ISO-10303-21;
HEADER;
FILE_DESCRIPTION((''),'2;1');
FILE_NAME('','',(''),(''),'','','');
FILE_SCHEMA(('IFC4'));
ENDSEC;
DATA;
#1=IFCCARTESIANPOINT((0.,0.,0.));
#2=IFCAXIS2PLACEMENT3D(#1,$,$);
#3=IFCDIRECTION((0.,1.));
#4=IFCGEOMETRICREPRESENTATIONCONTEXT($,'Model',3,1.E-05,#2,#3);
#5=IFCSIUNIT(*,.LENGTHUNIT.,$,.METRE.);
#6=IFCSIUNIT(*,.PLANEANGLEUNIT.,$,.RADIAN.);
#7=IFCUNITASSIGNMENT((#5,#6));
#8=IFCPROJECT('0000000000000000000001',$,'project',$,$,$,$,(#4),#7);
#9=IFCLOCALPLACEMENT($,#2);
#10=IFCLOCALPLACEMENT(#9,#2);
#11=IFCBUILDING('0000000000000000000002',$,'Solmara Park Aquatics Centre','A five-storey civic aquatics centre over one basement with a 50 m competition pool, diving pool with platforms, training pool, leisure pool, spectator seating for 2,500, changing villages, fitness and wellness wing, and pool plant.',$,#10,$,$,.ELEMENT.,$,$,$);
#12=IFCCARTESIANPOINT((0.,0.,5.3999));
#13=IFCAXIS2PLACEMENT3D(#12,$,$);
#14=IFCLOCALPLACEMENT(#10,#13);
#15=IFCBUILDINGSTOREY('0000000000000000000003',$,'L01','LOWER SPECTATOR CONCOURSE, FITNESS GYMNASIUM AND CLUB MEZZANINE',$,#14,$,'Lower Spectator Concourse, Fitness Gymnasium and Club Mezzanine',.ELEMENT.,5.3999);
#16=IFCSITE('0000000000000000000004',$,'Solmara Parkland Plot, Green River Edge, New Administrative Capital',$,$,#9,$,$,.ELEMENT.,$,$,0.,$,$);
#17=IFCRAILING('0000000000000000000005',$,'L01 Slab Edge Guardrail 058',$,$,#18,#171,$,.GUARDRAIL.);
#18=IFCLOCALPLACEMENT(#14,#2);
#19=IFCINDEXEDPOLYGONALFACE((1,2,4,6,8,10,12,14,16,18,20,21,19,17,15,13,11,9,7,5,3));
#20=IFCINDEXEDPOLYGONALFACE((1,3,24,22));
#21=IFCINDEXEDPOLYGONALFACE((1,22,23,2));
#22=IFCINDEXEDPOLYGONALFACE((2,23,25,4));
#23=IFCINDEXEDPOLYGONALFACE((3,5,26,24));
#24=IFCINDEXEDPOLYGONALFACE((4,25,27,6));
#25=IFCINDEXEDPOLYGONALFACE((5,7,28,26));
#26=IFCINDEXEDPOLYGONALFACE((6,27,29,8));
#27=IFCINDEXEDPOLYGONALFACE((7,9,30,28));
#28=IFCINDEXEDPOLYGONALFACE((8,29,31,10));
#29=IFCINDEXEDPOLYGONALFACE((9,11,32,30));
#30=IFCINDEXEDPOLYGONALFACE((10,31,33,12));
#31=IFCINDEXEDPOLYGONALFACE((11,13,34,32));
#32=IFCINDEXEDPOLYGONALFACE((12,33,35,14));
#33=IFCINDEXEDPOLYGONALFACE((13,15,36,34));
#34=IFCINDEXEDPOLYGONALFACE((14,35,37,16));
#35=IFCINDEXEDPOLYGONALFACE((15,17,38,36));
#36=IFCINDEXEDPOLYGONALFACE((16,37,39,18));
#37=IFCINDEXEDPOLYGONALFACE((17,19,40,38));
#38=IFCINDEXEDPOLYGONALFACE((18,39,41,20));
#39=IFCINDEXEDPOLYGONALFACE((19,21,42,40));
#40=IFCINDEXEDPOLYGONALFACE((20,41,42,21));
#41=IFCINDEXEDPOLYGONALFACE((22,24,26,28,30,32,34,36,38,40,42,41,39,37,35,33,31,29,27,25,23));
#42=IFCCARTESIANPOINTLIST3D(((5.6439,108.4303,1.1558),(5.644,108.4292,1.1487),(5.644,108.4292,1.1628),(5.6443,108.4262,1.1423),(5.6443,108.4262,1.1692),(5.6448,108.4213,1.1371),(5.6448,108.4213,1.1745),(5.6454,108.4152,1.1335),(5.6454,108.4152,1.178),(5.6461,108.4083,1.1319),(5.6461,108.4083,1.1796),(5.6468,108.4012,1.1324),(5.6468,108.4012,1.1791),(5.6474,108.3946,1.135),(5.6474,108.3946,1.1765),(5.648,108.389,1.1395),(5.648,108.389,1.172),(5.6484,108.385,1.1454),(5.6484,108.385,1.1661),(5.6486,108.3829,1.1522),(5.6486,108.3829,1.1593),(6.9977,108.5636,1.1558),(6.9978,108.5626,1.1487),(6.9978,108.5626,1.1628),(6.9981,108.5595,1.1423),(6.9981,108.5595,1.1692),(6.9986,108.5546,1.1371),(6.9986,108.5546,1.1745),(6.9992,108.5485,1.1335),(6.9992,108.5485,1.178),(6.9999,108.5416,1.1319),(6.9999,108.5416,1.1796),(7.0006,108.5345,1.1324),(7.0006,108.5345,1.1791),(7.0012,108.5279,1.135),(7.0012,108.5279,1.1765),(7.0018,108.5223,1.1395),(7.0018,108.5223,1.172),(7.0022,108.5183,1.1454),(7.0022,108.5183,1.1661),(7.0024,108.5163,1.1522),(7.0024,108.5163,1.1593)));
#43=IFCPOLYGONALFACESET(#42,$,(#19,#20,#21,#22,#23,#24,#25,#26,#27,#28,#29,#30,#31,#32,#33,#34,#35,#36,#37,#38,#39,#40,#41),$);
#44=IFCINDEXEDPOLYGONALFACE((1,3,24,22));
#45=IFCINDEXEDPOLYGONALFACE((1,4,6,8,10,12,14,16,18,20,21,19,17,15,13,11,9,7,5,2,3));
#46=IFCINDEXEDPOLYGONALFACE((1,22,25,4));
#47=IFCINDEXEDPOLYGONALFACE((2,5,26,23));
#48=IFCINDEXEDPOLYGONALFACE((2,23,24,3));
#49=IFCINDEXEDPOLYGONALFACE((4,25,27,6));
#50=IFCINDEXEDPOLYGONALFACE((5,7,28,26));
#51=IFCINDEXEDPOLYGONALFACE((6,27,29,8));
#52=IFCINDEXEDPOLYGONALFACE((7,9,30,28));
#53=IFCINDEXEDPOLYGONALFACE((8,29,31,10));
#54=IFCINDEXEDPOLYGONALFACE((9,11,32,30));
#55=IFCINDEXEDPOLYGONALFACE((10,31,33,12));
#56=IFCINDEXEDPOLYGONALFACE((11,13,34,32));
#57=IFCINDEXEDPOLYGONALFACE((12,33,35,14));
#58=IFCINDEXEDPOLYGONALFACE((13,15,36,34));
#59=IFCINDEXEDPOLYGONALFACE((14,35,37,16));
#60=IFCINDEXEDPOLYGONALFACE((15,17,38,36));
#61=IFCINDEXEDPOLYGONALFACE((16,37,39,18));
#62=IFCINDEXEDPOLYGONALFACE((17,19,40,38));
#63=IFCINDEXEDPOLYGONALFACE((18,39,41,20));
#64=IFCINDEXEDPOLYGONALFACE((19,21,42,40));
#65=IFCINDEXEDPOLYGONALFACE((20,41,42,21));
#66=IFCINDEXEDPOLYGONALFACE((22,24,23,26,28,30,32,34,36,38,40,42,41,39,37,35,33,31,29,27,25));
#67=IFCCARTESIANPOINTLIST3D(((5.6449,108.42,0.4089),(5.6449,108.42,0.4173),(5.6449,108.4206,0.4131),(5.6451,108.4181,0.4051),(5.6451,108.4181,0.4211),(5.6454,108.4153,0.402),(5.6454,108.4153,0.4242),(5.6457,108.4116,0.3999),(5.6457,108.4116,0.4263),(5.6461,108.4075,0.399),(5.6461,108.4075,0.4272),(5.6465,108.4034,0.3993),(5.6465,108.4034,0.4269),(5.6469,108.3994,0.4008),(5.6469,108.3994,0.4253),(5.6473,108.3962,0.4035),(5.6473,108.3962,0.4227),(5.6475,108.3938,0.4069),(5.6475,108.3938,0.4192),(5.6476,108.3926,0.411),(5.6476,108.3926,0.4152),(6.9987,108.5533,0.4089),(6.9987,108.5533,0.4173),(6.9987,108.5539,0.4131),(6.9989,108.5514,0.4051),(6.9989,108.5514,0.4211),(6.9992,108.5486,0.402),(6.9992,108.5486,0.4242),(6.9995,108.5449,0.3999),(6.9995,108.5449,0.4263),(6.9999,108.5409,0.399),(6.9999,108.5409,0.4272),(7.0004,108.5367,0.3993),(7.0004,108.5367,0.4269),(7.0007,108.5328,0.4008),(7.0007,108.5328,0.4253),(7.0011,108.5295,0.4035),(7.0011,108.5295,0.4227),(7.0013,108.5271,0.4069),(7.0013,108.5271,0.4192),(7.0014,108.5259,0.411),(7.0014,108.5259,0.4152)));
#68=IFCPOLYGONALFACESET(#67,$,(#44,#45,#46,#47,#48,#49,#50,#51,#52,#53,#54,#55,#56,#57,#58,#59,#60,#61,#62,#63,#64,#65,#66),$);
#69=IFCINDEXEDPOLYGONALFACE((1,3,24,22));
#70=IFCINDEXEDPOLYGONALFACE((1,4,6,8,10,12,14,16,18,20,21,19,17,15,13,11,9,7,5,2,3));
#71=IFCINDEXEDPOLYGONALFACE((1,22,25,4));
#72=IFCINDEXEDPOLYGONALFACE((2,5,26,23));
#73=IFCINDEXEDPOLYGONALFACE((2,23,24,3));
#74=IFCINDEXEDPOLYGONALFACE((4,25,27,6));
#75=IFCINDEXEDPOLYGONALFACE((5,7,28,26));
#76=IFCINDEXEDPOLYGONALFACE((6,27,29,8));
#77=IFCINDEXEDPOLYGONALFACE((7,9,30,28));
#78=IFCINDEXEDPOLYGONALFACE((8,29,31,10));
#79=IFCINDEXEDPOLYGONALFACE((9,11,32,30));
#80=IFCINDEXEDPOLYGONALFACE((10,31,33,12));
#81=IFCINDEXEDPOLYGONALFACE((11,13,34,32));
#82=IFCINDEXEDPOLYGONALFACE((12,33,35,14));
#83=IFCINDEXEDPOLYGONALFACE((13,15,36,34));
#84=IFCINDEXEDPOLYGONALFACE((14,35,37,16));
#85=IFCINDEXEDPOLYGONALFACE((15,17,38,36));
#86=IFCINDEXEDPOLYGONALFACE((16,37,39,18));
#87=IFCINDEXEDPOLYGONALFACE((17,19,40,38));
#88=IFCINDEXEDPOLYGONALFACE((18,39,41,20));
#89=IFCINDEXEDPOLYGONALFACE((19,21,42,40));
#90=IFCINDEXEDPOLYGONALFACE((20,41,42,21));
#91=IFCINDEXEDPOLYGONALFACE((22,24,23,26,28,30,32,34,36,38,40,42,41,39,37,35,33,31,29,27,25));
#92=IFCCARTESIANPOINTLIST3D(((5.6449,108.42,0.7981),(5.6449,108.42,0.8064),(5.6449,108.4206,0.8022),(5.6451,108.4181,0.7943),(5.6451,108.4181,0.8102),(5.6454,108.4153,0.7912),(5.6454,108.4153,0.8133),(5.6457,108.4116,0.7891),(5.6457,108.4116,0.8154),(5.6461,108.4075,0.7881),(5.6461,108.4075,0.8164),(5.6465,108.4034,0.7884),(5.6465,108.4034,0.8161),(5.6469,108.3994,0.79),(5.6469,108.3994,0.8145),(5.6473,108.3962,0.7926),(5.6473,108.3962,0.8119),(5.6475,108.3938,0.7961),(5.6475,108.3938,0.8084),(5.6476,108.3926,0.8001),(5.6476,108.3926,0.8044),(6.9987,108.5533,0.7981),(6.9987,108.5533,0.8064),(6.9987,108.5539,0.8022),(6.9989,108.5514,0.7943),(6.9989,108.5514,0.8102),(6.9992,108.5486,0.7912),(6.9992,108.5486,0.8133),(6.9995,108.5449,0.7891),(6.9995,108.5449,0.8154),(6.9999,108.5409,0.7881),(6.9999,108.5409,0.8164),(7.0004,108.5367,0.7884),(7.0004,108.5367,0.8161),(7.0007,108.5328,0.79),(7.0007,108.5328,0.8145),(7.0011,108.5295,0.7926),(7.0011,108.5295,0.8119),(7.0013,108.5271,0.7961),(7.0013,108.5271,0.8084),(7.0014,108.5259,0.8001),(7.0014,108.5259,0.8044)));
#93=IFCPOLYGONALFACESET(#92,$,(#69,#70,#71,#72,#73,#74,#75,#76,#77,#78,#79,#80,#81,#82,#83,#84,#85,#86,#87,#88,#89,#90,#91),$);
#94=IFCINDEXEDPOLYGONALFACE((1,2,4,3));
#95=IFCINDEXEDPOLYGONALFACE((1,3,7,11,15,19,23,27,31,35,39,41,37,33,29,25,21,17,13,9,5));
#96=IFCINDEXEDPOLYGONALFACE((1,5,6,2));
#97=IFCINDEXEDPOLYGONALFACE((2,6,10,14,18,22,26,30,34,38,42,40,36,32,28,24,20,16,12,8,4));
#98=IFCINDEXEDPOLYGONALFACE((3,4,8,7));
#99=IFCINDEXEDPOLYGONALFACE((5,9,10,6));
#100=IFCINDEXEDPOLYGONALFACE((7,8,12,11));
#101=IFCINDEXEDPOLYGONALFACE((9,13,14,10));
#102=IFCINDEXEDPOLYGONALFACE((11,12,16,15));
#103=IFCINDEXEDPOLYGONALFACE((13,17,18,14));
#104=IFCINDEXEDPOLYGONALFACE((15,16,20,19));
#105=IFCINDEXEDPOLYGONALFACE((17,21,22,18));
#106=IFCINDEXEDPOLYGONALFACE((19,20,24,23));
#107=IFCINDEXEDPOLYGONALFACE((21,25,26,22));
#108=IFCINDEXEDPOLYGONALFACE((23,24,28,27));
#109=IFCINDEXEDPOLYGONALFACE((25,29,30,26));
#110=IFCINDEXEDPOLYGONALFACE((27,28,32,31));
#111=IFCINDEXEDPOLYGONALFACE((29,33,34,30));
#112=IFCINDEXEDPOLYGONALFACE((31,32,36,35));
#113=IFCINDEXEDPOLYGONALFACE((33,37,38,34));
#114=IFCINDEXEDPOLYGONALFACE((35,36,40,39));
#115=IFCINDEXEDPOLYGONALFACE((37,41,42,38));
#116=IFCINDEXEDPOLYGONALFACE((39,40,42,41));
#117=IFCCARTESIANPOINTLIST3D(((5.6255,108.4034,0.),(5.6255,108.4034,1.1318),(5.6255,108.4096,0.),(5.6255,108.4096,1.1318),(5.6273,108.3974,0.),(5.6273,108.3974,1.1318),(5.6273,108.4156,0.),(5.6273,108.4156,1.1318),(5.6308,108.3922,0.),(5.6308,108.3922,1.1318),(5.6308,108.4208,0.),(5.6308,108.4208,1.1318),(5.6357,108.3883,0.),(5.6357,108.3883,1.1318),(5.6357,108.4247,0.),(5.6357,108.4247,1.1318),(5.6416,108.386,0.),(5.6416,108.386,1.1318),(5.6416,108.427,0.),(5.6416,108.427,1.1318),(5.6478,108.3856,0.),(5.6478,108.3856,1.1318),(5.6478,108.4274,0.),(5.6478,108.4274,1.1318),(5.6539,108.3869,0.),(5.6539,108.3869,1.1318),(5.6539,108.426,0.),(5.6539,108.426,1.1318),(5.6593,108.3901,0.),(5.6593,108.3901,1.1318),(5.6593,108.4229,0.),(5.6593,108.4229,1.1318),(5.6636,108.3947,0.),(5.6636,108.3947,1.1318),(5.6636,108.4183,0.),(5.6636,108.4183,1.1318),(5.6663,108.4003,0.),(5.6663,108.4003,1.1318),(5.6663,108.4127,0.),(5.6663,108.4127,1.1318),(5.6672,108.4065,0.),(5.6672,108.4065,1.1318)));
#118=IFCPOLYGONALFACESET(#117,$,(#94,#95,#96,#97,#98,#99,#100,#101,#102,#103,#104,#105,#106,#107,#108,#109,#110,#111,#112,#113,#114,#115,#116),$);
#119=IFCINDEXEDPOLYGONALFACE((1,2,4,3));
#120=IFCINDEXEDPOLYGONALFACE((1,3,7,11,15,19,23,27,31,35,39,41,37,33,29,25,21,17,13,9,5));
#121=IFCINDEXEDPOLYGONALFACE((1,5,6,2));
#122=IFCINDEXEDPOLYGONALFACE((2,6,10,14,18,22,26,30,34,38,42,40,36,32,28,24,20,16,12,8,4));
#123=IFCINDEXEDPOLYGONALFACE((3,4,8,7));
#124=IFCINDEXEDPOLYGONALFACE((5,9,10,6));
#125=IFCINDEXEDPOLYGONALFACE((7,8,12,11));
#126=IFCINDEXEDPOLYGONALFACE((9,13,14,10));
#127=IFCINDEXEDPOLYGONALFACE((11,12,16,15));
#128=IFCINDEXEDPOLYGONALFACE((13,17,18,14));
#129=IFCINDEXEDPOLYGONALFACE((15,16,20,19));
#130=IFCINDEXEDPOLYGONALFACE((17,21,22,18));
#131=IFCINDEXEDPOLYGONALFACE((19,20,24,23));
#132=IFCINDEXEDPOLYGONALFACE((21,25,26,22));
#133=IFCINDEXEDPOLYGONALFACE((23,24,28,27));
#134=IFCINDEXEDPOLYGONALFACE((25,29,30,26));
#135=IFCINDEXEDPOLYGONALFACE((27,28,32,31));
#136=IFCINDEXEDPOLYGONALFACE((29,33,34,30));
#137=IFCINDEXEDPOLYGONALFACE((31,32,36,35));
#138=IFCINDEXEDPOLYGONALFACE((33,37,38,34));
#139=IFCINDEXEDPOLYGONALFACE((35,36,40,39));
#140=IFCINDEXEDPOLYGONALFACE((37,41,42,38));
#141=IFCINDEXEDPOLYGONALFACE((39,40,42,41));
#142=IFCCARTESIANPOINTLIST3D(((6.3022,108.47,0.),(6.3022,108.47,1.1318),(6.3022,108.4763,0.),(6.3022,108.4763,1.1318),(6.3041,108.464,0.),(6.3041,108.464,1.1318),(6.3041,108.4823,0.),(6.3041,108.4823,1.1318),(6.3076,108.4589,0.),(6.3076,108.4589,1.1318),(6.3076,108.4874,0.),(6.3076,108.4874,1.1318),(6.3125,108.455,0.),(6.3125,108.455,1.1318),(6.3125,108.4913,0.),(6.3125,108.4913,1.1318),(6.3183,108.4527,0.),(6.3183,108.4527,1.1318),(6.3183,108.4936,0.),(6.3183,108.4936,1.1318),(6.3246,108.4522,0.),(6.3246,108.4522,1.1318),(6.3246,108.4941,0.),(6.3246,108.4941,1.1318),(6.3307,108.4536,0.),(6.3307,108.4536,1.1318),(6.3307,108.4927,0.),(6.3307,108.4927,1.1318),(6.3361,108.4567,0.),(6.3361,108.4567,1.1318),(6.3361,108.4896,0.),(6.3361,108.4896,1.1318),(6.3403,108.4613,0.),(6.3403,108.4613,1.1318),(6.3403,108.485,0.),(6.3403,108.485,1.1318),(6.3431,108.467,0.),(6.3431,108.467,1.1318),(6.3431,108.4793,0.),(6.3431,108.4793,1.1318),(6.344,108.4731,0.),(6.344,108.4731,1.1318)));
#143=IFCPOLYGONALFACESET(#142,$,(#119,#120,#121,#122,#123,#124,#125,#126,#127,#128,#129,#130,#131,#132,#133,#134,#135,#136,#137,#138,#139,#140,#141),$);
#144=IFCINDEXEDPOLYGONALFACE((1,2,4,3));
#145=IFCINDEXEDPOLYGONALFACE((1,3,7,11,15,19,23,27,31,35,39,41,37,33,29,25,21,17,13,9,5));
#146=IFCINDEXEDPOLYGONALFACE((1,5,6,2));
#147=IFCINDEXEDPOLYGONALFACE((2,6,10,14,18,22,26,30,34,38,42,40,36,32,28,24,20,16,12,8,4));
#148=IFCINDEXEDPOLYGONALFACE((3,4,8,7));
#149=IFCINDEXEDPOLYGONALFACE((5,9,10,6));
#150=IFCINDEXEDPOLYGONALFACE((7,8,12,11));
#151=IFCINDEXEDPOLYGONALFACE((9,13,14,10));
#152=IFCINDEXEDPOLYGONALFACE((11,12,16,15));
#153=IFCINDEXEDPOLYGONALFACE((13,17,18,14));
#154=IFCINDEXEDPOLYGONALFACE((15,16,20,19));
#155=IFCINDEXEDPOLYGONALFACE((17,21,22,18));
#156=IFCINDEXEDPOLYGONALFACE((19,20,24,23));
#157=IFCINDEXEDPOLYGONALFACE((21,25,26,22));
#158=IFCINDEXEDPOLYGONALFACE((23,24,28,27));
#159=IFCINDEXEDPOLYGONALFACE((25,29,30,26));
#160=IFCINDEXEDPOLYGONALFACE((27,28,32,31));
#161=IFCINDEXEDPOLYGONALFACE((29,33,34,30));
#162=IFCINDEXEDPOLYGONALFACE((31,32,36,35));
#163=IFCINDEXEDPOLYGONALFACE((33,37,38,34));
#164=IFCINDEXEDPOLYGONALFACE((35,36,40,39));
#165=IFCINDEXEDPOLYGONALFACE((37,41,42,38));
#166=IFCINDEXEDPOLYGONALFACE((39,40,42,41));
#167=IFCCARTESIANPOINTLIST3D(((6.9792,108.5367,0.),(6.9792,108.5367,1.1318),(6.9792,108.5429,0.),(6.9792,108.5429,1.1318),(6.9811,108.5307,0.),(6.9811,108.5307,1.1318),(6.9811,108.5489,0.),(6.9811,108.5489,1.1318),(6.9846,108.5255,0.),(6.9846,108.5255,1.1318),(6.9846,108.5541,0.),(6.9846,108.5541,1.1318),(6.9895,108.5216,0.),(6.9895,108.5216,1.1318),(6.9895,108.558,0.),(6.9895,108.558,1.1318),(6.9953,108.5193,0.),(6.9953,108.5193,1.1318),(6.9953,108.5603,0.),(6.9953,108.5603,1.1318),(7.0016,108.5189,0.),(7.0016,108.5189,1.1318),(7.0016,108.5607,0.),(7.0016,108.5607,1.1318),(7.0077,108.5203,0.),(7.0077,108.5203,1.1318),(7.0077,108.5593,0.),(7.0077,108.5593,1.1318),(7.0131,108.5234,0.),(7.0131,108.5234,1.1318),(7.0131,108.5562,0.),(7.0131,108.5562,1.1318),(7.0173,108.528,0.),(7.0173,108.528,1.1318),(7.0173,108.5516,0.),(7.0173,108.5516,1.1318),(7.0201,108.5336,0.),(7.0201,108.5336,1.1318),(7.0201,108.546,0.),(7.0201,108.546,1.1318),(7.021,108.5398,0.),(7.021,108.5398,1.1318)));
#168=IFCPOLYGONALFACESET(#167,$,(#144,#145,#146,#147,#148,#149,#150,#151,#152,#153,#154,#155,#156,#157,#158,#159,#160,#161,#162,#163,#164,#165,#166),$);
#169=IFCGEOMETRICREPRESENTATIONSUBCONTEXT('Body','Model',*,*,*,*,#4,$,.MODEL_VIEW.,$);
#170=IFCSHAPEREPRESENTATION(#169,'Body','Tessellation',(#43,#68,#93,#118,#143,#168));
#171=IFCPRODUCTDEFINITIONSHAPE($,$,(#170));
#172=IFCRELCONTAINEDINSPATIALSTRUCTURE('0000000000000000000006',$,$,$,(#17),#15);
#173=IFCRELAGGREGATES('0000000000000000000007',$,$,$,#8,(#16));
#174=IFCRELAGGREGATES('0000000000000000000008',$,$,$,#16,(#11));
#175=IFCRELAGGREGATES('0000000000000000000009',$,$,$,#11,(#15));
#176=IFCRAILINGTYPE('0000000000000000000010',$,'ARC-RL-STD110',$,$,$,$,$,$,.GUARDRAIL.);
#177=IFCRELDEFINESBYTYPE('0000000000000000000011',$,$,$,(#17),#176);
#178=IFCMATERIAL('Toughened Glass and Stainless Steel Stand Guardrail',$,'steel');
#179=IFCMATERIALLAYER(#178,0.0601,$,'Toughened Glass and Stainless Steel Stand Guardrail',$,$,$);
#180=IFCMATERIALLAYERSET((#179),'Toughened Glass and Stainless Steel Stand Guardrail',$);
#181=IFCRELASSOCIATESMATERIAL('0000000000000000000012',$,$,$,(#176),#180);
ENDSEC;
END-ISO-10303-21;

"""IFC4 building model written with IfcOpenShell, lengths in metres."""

from ifc_helpers import new_model, si_unit, direction, frame, origin, origin_2d, place, context, subcontext, project, spatial, circle, extrude, material, layer, layer_set, type_object, element, save


model = new_model("IFC4")

# Units and contexts
model_context = context("Model", 3, precision=1e-05, world=origin(), true_north=direction((0.0, 1.0)))
body_context = subcontext(model_context, "Body", "Model", "MODEL_VIEW")
ifc_project = project(units=[si_unit("LENGTHUNIT", "METRE"), si_unit("PLANEANGLEUNIT", "RADIAN")], contexts=[model_context])

# Site, building, storey
site_placement = place(None, origin())
site = spatial("IfcSite", under=ifc_project, at=site_placement, Name="Solmara Parkland Plot, Green River Edge, New Administrative Capital", CompositionType="ELEMENT", RefElevation=0.0)
building_placement = place(site_placement, origin())
building = spatial("IfcBuilding", under=site, at=building_placement, Name="Solmara Park Aquatics Centre", Description="A five-storey civic aquatics centre over one basement with a 50 m competition pool, diving pool with platforms, training pool, leisure pool, spectator seating for 2,500, changing villages, fitness and wellness wing, and pool plant.", CompositionType="ELEMENT")
storey_placement = place(building_placement, frame((0.0, 0.0, 5.3999)))
storey = spatial("IfcBuildingStorey", under=building, at=storey_placement, Name="L01", Description="LOWER SPECTATOR CONCOURSE, FITNESS GYMNASIUM AND CLUB MEZZANINE", LongName="Lower Spectator Concourse, Fitness Gymnasium and Club Mezzanine", CompositionType="ELEMENT", Elevation=5.3999)

# Railing
ifc_material_1 = material(Name="Toughened Glass and Stainless Steel Stand Guardrail", Category="steel")
ifc_layer_1 = layer(ifc_material_1, 0.0601, Name="Toughened Glass and Stainless Steel Stand Guardrail")
ifc_layer_set_1 = layer_set([ifc_layer_1], Name="Toughened Glass and Stainless Steel Stand Guardrail")
railing_type = type_object("IfcRailingType", Name="ARC-RL-STD110", PredefinedType="GUARDRAIL", material=ifc_layer_set_1)
railing_1_placement = place(storey_placement, frame((5.6462, 108.4065, 0.0)))
element("IfcRailing", 1, at=railing_1_placement, inside=storey, type_object=railing_type, Name="L01 Slab Edge Guardrail 058", PredefinedType="GUARDRAIL", context=body_context, shape_type="SweptSolid", body=[
    extrude(circle(Radius=0.0239, at=origin_2d()), frame((0.0, 0.0, 1.1558), z_axis=(0.995187, 0.097993, 0.0), x_axis=(-0.097993, 0.995187, 0.0)), (0.0, 0.0, 1.0), 1.3604),
    extrude(circle(Radius=0.0142, at=origin_2d()), frame((0.0, 0.0, 0.4131), z_axis=(0.995187, 0.097993, 0.0), x_axis=(-0.097993, 0.995187, 0.0)), (0.0, 0.0, 1.0), 1.3604),
    extrude(circle(Radius=0.0142, at=origin_2d()), frame((0.0, 0.0, 0.8022), z_axis=(0.995187, 0.097993, 0.0), x_axis=(-0.097993, 0.995187, 0.0)), (0.0, 0.0, 1.0), 1.3604),
    extrude(circle(Radius=0.021, at=origin_2d()), origin(), (0.0, 0.0, 1.0), 1.1318),
    extrude(circle(Radius=0.021, at=origin_2d()), frame((0.6768, 0.0667, 0.0)), (0.0, 0.0, 1.0), 1.1318),
    extrude(circle(Radius=0.021, at=origin_2d()), frame((1.3538, 0.1333, 0.0)), (0.0, 0.0, 1.0), 1.1318),
])

save(model, "model.ifc")
